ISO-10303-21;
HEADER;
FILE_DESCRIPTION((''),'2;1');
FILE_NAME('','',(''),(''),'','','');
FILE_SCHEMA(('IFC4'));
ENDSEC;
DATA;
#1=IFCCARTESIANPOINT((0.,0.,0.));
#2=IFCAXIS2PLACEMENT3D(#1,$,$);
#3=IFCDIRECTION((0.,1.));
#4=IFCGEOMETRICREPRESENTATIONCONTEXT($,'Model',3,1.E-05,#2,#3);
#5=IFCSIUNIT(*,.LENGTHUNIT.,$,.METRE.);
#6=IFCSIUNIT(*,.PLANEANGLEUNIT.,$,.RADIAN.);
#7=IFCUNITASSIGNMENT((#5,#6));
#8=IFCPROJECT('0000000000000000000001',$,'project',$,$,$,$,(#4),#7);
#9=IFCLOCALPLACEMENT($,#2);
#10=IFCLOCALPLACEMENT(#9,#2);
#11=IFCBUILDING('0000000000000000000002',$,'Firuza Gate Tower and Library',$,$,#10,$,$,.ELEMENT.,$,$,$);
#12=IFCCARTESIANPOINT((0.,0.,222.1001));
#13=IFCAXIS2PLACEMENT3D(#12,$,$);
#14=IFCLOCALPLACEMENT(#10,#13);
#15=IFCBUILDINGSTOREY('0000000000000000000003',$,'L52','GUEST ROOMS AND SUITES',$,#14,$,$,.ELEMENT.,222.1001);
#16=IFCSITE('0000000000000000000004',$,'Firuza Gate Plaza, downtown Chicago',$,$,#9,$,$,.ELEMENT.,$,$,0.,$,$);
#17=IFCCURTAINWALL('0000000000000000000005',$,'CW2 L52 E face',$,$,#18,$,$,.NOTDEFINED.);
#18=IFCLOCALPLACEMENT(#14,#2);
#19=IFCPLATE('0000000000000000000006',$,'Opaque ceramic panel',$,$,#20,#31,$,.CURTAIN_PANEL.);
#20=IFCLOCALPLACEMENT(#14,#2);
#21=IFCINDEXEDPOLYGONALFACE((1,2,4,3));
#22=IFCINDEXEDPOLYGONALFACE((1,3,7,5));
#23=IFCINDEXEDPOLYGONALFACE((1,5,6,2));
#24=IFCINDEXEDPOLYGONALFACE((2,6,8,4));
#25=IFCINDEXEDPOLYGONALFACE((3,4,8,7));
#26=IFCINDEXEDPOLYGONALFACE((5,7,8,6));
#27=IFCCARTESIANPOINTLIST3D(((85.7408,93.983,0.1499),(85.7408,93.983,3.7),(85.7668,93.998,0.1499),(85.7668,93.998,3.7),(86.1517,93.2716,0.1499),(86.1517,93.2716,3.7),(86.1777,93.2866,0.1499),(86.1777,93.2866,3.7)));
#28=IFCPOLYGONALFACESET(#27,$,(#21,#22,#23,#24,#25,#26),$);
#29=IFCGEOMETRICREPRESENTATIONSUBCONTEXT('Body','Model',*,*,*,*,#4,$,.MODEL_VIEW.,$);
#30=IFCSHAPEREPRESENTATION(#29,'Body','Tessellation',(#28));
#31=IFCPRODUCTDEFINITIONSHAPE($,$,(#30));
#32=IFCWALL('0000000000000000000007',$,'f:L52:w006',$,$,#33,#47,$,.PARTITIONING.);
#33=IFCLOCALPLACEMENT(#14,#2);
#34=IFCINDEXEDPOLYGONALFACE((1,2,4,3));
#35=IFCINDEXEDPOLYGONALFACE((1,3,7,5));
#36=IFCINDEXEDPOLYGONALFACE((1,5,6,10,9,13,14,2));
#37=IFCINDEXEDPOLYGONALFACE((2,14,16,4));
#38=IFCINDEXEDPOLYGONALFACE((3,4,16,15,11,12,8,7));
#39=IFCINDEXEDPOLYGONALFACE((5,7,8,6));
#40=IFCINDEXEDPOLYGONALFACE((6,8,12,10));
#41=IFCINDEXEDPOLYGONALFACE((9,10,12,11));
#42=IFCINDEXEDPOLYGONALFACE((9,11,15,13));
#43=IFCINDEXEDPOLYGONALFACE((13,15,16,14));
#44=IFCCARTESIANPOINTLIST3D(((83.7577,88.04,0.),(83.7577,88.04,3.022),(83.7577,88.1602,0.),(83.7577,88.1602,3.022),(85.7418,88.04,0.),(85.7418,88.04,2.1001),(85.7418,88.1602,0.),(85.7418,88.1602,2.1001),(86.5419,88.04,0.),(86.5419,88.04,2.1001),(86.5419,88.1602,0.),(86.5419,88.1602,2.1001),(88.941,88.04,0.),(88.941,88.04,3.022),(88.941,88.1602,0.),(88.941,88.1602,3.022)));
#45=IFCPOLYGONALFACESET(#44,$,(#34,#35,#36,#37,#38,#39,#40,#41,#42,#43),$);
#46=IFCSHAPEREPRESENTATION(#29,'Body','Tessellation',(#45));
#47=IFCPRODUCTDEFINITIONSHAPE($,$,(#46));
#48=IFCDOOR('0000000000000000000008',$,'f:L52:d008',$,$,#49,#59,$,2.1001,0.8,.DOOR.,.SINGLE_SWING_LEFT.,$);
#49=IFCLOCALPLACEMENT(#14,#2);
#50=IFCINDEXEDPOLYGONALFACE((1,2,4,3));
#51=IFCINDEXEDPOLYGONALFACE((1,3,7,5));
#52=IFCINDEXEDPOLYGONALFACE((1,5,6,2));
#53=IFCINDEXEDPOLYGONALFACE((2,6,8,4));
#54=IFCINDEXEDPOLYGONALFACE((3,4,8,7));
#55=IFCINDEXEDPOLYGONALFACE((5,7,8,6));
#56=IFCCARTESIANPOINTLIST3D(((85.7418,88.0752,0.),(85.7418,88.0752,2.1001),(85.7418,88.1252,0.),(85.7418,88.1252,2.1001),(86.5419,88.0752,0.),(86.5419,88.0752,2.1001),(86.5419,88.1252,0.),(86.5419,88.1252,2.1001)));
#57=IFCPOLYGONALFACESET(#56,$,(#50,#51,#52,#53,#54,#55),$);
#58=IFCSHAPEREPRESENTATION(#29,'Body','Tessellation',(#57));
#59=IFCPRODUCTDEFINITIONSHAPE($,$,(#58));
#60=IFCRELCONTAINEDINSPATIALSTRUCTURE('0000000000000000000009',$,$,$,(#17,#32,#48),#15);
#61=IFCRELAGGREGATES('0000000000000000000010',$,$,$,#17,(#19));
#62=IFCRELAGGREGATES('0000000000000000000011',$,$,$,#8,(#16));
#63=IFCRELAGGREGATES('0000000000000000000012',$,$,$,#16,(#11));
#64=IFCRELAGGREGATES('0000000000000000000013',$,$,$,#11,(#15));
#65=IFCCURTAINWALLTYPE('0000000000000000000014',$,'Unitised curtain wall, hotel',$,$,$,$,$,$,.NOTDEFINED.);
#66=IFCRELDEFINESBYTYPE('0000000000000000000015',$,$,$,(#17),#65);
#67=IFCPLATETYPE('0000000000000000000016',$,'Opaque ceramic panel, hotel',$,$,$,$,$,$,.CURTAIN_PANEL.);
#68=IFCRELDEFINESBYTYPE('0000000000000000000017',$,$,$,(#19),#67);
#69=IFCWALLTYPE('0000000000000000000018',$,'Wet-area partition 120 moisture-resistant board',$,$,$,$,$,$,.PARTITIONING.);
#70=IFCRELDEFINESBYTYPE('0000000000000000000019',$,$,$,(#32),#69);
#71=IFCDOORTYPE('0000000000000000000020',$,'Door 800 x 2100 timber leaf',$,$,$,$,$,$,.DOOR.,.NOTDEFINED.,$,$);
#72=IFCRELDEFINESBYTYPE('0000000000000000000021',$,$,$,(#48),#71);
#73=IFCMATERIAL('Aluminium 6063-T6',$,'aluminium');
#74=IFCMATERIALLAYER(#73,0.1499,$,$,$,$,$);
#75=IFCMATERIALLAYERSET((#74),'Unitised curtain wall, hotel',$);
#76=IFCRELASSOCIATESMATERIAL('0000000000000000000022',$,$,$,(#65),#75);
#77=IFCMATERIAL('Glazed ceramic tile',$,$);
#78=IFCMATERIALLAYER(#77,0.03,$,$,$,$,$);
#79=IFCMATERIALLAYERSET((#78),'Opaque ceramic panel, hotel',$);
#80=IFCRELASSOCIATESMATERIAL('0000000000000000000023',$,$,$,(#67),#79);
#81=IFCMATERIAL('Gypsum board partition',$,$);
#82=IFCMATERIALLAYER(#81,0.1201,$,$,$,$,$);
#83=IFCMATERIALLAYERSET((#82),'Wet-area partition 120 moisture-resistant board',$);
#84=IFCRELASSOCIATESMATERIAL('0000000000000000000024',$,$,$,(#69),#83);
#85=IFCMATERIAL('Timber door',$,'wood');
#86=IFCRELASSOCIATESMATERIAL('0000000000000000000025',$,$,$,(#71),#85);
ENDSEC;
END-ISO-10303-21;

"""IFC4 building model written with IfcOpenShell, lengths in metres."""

from ifc_helpers import new_model, si_unit, direction, frame, frame_2d, origin, place, context, subcontext, project, spatial, polyline, rectangle, outline, extrude, material, layer, layer_set, type_object, element, fill, aggregate, save


model = new_model("IFC4")

# Units and contexts
model_context = context("Model", 3, precision=1e-05, world=origin(), true_north=direction((0.0, 1.0)))
body_context = subcontext(model_context, "Body", "Model", "MODEL_VIEW")
ifc_project = project(units=[si_unit("LENGTHUNIT", "METRE"), si_unit("PLANEANGLEUNIT", "RADIAN")], contexts=[model_context])

# Site, building, storey
site_placement = place(None, origin())
site = spatial("IfcSite", under=ifc_project, at=site_placement, Name="Firuza Gate Plaza, downtown Chicago", CompositionType="ELEMENT", RefElevation=0.0)
building_placement = place(site_placement, origin())
building = spatial("IfcBuilding", under=site, at=building_placement, Name="Firuza Gate Tower and Library", CompositionType="ELEMENT")
storey_placement = place(building_placement, frame((0.0, 0.0, 222.1001)))
storey = spatial("IfcBuildingStorey", under=building, at=storey_placement, Name="L52", Description="GUEST ROOMS AND SUITES", CompositionType="ELEMENT", Elevation=222.1001)

# Curtain wall
ifc_material_1 = material(Name="Aluminium 6063-T6", Category="aluminium")
ifc_layer_1 = layer(ifc_material_1, 0.1499)
ifc_layer_set_1 = layer_set([ifc_layer_1], Name="Unitised curtain wall, hotel")
curtain_wall_type = type_object("IfcCurtainWallType", Name="Unitised curtain wall, hotel", PredefinedType="NOTDEFINED", material=ifc_layer_set_1)
curtain_wall_placement = place(storey_placement, origin())
curtain_wall = element("IfcCurtainWall", 1, at=curtain_wall_placement, inside=storey, type_object=curtain_wall_type, Name="CW2 L52 E face", PredefinedType="NOTDEFINED")

# Plate
ifc_material_2 = material(Name="Glazed ceramic tile")
ifc_layer_2 = layer(ifc_material_2, 0.03)
ifc_layer_set_2 = layer_set([ifc_layer_2], Name="Opaque ceramic panel, hotel")
plate_type_1 = type_object("IfcPlateType", Name="Opaque ceramic panel, hotel", PredefinedType="CURTAIN_PANEL", material=ifc_layer_set_2)
plate_1_placement = place(storey_placement, frame((86.1777, 93.2866, 0.1499), z_axis=(0.865948, 0.500134, 0.0), x_axis=(-0.500134, 0.865948, 0.0)))
plate_1 = element("IfcPlate", 2, at=plate_1_placement, type_object=plate_type_1, Name="Opaque ceramic panel", PredefinedType="CURTAIN_PANEL", context=body_context, shape_type="SweptSolid", body=[
    extrude(outline(polyline([(0.0, 0.0), (0.8216, 0.0), (0.8216, 3.55), (0.0, 3.55), (0.0, 0.0)])), origin(), (0.0, 0.0, -1.0), 0.03),
])
aggregate(curtain_wall, [plate_1])

# Wall, opening, door
ifc_material_3 = material(Name="Gypsum board partition")
ifc_layer_3 = layer(ifc_material_3, 0.1201)
ifc_layer_set_3 = layer_set([ifc_layer_3], Name="Wet-area partition 120 moisture-resistant board")
wall_type = type_object("IfcWallType", Name="Wet-area partition 120 moisture-resistant board", PredefinedType="PARTITIONING", material=ifc_layer_set_3)
wall_placement = place(storey_placement, frame((88.9412, 88.1001, 0.0), z_axis=(0.0, 0.0, 1.0), x_axis=(-1.0, 0.0, 0.0)))
wall = element("IfcWall", 3, at=wall_placement, inside=storey, type_object=wall_type, Name="f:L52:w006", PredefinedType="PARTITIONING", context=body_context, shape_type="SweptSolid", body=[
    extrude(rectangle(XDim=5.1833, YDim=0.1201, at=frame_2d((2.5918, 0.0))), origin(), (0.0, 0.0, 1.0), 3.022),
])
opening_placement = place(wall_placement, frame((2.3994, 0.0, 0.0)))
opening = element("IfcOpeningElement", 4, at=opening_placement, cuts=wall, PredefinedType="OPENING", context=body_context, shape_type="SweptSolid", body=[
    extrude(rectangle(XDim=0.8, YDim=2.1001, at=frame_2d((0.3999, 1.05))), frame((0.0, 0.0701, 0.0), z_axis=(0.0, -1.0, 0.0), x_axis=(1.0, 0.0, 0.0)), (0.0, 0.0, 1.0), 0.1401),
])
ifc_material_4 = material(Name="Timber door", Category="wood")
door_type = type_object("IfcDoorType", Name="Door 800 x 2100 timber leaf", OperationType="NOTDEFINED", PredefinedType="DOOR", material=ifc_material_4)
door_placement = place(opening_placement, origin())
door = element("IfcDoor", 5, at=door_placement, inside=storey, type_object=door_type, Name="f:L52:d008", OperationType="SINGLE_SWING_LEFT", OverallHeight=2.1001, OverallWidth=0.8, PredefinedType="DOOR", context=body_context, shape_type="SweptSolid", body=[
    extrude(rectangle(XDim=0.8, YDim=2.1001, at=frame_2d((0.3999, 1.05))), frame((0.0, 0.0249, 0.0), z_axis=(0.0, -1.0, 0.0), x_axis=(1.0, 0.0, 0.0)), (0.0, 0.0, 1.0), 0.05),
])
fill(opening, door)

save(model, "model.ifc")
